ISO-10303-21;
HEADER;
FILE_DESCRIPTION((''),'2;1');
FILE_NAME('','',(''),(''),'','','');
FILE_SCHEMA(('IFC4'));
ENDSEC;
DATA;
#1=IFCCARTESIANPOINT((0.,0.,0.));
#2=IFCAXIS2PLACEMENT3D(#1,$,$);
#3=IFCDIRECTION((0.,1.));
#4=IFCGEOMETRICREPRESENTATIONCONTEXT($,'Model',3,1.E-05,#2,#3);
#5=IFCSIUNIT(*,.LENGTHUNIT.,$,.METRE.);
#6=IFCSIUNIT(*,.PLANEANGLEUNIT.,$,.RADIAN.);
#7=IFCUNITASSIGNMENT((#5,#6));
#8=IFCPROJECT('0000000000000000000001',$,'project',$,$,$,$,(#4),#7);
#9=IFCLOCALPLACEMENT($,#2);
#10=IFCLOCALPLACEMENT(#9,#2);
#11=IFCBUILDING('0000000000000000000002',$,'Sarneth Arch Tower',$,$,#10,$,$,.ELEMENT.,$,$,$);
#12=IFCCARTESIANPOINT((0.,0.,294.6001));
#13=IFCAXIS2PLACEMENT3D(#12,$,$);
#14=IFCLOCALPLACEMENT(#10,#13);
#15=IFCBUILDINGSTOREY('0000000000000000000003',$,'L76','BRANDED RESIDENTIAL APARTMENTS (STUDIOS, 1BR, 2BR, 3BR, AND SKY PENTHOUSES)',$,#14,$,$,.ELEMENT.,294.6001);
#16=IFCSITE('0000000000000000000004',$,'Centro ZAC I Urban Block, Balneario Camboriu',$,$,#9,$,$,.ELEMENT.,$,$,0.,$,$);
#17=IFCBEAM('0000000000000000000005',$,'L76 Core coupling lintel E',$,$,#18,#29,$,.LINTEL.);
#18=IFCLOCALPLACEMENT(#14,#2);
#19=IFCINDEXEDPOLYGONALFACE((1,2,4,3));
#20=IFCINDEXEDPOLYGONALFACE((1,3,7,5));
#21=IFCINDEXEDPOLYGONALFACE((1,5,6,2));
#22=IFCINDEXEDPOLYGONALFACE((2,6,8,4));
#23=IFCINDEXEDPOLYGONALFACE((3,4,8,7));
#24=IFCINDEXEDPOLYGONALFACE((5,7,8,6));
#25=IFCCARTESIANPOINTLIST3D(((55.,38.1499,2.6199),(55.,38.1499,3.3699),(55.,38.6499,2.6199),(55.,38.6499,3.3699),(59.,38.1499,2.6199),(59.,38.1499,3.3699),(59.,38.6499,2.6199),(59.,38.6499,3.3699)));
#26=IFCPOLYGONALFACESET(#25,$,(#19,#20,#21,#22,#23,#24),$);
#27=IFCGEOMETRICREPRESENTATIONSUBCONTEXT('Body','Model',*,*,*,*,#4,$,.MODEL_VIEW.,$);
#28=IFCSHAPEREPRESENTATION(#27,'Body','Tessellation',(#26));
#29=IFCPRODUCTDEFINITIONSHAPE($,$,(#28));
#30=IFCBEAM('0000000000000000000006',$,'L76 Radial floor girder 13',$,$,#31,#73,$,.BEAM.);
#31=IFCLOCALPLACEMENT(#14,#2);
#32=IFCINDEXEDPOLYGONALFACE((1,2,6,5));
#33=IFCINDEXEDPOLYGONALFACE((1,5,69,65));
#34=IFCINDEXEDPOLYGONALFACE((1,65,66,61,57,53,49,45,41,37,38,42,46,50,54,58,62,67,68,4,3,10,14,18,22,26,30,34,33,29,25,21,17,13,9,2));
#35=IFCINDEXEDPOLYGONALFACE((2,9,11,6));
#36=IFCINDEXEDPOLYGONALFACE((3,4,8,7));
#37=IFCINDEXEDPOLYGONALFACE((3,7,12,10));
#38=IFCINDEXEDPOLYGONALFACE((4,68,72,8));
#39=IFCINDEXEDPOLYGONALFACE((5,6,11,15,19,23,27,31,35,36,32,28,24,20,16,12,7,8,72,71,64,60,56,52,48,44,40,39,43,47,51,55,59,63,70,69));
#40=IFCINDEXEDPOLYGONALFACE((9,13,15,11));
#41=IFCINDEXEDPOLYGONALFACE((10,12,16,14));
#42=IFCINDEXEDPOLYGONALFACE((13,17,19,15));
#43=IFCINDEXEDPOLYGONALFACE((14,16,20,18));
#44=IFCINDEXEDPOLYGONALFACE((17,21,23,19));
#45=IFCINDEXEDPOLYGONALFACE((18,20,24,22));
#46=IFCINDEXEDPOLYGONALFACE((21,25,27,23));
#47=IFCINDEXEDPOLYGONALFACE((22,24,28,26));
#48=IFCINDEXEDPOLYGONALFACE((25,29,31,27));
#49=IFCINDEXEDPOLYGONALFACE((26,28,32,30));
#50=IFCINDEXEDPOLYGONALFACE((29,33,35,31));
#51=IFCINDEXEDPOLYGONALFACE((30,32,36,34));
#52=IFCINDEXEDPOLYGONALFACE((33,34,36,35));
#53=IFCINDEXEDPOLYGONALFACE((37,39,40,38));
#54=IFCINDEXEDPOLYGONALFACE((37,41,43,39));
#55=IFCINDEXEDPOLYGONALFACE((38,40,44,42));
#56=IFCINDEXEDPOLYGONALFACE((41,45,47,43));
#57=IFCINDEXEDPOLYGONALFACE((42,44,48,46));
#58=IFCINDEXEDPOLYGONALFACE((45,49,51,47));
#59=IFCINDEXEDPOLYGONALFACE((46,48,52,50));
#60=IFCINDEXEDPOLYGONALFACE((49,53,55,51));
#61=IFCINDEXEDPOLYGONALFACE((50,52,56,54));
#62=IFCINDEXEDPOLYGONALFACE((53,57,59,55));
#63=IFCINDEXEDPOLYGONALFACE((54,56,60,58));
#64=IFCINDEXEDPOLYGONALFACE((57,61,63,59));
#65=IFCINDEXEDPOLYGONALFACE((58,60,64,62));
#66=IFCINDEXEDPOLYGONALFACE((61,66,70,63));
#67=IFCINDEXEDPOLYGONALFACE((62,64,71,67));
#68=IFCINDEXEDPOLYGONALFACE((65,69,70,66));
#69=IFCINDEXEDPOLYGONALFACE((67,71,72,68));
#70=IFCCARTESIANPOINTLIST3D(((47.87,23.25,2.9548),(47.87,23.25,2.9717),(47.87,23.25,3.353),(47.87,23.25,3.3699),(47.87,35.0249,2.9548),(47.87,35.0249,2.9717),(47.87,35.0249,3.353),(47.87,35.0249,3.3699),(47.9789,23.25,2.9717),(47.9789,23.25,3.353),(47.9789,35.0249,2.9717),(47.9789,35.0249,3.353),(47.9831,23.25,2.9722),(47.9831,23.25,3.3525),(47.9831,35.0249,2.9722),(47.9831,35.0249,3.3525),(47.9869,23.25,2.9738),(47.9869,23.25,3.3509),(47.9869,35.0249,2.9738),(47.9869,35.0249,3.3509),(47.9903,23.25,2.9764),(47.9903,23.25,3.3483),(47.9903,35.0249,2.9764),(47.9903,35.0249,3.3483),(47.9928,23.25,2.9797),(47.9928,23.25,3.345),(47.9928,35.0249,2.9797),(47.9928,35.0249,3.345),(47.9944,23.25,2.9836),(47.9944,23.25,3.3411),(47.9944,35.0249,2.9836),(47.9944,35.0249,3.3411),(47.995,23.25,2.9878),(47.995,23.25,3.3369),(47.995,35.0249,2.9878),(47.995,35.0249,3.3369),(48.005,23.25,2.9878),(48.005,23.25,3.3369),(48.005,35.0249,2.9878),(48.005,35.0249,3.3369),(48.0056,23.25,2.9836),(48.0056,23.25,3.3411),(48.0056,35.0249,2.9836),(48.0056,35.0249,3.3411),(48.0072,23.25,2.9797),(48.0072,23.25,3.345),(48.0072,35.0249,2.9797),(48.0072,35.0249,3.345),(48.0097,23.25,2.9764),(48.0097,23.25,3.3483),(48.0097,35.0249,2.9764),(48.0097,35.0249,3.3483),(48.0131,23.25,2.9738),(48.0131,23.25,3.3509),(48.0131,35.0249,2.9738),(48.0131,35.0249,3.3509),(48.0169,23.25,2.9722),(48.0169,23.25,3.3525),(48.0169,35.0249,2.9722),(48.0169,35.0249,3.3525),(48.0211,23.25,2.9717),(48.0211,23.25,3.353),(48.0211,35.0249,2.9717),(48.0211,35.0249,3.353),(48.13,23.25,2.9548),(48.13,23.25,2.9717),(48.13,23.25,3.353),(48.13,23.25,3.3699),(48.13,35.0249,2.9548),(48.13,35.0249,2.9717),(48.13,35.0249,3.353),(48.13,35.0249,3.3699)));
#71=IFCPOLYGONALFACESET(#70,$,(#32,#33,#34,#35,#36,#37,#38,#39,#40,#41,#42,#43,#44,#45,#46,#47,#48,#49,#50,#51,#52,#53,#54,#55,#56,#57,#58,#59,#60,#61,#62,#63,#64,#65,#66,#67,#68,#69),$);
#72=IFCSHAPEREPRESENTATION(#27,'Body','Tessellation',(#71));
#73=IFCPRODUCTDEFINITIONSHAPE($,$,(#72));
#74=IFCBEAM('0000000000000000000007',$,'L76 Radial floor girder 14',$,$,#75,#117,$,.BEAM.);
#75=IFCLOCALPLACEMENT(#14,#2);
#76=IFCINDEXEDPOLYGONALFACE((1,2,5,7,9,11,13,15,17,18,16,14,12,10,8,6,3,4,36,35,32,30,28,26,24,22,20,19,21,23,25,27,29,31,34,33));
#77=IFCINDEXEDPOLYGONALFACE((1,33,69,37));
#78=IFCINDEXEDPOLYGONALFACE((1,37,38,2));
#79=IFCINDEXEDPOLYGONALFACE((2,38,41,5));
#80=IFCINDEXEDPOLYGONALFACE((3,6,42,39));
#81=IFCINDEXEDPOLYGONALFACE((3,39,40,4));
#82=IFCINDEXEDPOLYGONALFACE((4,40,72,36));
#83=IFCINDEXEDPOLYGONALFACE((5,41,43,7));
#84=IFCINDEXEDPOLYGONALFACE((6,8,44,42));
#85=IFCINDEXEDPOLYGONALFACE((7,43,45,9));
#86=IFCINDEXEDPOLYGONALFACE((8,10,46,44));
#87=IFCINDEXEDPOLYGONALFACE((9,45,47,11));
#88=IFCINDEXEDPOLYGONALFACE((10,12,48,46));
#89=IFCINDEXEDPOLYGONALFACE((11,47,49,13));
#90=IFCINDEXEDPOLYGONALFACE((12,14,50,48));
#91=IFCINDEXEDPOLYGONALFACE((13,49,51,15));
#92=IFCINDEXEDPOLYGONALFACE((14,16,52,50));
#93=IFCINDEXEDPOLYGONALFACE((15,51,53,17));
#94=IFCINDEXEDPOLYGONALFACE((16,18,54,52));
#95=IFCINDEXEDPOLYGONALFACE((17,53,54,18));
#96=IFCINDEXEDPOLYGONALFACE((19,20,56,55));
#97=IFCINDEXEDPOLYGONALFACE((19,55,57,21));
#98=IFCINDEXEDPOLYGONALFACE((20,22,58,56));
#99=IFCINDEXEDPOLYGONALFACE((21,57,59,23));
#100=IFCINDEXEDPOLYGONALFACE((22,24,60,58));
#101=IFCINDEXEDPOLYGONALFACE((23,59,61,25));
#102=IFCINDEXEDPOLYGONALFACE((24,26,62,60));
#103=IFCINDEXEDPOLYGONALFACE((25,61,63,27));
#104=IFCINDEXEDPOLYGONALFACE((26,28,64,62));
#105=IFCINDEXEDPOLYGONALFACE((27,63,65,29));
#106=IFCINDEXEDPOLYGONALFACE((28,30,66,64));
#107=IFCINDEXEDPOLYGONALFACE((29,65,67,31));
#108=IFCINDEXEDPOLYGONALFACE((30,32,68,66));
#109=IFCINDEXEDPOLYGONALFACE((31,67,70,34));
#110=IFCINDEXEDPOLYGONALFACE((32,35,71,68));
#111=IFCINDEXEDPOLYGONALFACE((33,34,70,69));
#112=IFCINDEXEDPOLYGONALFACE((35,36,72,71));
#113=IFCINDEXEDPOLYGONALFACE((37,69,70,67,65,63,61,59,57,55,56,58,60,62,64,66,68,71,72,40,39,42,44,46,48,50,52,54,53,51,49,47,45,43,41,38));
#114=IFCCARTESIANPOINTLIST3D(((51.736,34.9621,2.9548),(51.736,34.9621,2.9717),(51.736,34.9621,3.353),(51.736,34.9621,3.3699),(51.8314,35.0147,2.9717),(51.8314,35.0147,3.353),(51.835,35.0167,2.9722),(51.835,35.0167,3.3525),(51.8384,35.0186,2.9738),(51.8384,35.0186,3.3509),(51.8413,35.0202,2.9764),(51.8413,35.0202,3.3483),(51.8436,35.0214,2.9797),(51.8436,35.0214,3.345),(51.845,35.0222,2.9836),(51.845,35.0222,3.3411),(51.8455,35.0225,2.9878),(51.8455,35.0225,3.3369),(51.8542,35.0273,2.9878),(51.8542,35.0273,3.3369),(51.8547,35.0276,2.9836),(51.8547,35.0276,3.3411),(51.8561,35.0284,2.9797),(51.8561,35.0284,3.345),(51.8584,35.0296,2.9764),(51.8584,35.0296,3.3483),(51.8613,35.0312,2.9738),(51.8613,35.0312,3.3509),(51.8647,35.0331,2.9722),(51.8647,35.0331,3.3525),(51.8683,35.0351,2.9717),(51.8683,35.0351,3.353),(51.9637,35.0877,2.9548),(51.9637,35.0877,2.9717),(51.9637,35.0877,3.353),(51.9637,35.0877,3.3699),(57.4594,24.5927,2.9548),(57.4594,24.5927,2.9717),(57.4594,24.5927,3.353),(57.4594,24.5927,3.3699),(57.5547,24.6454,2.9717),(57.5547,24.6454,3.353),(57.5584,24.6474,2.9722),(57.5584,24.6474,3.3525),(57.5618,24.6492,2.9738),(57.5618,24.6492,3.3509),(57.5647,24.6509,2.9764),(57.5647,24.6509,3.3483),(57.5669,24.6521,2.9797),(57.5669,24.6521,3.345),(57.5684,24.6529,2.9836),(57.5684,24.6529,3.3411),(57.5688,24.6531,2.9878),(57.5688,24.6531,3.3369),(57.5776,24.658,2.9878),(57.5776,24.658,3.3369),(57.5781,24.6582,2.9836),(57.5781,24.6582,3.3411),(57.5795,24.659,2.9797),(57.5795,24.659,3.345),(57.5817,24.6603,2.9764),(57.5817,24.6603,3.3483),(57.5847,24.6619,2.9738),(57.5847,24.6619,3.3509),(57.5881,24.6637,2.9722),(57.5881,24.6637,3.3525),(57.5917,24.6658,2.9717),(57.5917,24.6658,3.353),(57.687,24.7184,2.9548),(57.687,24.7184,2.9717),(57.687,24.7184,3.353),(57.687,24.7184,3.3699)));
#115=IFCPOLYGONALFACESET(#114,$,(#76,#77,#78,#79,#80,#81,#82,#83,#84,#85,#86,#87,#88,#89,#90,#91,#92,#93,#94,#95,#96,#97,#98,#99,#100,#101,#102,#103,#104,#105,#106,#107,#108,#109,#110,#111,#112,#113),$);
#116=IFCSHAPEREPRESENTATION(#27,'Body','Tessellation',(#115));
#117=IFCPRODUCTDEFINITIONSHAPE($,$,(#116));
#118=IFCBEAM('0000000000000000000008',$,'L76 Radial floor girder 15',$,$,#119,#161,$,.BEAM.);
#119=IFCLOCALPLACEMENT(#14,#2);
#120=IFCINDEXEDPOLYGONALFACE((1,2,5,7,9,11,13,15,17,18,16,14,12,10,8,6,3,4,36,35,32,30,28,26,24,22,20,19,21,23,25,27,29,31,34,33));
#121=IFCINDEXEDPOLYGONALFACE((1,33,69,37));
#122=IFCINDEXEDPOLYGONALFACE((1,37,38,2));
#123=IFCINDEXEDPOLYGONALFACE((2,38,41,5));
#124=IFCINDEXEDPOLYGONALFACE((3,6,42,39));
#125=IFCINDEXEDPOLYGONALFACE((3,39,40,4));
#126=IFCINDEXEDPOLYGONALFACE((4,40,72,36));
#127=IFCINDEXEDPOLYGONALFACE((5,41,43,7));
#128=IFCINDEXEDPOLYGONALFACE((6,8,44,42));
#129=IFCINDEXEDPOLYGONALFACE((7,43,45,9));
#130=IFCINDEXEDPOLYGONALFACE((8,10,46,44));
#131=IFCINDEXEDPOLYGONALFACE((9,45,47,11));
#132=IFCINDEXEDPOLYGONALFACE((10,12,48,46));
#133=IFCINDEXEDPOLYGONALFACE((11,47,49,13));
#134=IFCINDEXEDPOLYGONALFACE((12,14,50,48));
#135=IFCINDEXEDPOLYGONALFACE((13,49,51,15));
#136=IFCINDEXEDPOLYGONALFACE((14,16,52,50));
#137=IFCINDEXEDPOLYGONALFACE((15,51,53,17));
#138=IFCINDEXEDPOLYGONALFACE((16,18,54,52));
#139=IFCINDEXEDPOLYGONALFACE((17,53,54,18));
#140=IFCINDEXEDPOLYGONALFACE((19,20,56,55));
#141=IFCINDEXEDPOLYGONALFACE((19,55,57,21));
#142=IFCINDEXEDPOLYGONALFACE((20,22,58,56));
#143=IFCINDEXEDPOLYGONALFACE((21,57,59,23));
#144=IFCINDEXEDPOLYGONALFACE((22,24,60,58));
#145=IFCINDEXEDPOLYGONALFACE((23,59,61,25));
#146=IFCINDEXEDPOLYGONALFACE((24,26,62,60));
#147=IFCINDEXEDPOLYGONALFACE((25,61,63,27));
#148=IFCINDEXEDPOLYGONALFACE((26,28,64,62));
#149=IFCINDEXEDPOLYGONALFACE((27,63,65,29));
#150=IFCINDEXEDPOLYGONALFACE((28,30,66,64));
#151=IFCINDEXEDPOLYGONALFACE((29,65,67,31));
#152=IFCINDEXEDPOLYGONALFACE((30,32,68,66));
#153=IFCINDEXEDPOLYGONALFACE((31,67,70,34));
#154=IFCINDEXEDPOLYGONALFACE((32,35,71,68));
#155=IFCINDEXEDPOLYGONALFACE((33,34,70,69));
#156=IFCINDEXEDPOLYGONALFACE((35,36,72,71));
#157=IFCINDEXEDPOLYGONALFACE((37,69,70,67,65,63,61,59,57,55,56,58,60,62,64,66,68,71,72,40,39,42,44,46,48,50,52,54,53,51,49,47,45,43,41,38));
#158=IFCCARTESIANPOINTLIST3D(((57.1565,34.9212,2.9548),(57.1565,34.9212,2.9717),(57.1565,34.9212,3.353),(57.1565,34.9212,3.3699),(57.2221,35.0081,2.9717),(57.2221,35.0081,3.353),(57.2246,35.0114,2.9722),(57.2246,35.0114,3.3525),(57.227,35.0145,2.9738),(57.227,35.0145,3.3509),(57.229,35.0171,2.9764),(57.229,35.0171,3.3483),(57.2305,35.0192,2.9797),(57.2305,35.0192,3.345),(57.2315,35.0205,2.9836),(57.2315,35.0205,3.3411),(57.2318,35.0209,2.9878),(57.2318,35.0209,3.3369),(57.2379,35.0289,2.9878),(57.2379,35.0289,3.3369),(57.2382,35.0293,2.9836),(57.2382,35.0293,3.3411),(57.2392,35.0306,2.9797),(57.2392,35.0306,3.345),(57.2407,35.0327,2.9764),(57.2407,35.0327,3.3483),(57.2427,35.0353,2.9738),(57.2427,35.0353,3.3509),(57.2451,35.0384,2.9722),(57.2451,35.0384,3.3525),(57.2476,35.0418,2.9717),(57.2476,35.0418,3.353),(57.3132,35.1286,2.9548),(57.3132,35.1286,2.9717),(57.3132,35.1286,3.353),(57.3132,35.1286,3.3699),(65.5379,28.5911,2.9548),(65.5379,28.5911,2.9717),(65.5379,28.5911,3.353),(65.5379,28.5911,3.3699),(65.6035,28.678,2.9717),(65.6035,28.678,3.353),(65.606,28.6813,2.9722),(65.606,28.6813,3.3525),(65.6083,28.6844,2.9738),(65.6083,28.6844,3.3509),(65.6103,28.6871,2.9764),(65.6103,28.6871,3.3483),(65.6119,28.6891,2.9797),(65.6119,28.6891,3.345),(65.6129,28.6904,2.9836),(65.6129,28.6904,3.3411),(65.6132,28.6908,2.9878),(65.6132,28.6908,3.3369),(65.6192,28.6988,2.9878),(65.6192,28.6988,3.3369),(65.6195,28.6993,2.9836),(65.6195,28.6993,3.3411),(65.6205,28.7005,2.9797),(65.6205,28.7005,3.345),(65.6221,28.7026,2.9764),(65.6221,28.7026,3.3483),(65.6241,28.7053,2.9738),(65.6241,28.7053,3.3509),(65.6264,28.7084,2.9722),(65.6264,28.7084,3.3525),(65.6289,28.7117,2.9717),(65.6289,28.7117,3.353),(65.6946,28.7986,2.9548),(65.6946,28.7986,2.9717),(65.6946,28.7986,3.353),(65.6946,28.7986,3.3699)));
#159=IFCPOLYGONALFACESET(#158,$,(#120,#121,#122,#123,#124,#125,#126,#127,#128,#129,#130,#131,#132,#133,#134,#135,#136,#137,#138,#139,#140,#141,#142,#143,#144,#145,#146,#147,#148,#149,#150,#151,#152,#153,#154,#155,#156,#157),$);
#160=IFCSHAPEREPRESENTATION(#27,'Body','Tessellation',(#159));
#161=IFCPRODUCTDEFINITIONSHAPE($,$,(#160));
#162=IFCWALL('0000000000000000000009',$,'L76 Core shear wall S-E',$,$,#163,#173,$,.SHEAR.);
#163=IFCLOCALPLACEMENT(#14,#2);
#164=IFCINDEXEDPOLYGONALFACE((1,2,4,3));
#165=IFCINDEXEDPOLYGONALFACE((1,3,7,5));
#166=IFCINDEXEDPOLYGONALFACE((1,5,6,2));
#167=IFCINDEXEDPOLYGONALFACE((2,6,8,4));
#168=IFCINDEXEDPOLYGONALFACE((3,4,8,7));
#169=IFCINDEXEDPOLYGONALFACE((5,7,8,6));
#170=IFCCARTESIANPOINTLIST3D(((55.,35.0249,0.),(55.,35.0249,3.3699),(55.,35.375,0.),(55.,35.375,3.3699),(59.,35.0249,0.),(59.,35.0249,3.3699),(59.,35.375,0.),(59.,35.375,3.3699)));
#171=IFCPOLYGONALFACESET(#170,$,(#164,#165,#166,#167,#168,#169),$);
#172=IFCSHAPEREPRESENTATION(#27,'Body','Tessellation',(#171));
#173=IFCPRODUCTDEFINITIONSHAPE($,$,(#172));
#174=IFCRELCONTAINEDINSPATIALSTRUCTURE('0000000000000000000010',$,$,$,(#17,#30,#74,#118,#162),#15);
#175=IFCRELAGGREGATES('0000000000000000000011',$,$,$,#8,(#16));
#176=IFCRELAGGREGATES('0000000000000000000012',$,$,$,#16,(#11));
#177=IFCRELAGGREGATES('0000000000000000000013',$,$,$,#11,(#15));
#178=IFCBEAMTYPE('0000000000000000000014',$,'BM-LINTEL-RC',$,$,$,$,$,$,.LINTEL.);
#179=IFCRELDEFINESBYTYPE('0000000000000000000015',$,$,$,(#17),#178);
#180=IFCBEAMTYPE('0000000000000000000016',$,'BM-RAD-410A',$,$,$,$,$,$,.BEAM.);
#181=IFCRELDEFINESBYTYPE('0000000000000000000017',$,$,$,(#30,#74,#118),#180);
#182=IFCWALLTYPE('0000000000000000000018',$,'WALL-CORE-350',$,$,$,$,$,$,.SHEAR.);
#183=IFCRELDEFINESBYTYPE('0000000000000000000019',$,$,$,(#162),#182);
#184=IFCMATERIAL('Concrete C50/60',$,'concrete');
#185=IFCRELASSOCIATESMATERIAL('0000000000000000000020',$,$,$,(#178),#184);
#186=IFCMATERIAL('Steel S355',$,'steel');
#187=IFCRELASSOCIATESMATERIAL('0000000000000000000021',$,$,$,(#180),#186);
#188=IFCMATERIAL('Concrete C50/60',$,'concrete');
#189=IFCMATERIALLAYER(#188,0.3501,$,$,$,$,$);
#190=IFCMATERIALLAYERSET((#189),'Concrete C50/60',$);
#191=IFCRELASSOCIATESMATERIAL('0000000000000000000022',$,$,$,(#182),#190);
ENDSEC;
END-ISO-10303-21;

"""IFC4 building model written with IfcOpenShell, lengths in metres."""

from ifc_helpers import new_model, si_unit, direction, frame, frame_2d, origin, origin_2d, place, context, subcontext, project, spatial, rectangle, i_section, extrude, material, layer, layer_set, material_profile, profile_set, type_object, element, save


model = new_model("IFC4")

# Units and contexts
model_context = context("Model", 3, precision=1e-05, world=origin(), true_north=direction((0.0, 1.0)))
body_context = subcontext(model_context, "Body", "Model", "MODEL_VIEW")
ifc_project = project(units=[si_unit("LENGTHUNIT", "METRE"), si_unit("PLANEANGLEUNIT", "RADIAN")], contexts=[model_context])

# Site, building, storey
site_placement = place(None, origin())
site = spatial("IfcSite", under=ifc_project, at=site_placement, Name="Centro ZAC I Urban Block, Balneario Camboriu", CompositionType="ELEMENT", RefElevation=0.0)
building_placement = place(site_placement, origin())
building = spatial("IfcBuilding", under=site, at=building_placement, Name="Sarneth Arch Tower", CompositionType="ELEMENT")
storey_placement = place(building_placement, frame((0.0, 0.0, 294.6001)))
storey = spatial("IfcBuildingStorey", under=building, at=storey_placement, Name="L76", Description="BRANDED RESIDENTIAL APARTMENTS (STUDIOS, 1BR, 2BR, 3BR, AND SKY PENTHOUSES)", CompositionType="ELEMENT", Elevation=294.6001)

# Beams
ifc_material_1 = material(Name="Concrete C50/60", Category="concrete")
ifc_material_profile_1 = material_profile(ifc_material_1, rectangle(XDim=0.5, YDim=0.75, at=origin_2d()), Name="RC-500x750")
ifc_profile_set_1 = profile_set([ifc_material_profile_1], Name="Concrete C50/60")
beam_type_1 = type_object("IfcBeamType", Name="BM-LINTEL-RC", PredefinedType="LINTEL", material=ifc_profile_set_1)
beam_1_placement = place(storey_placement, frame((55.0, 38.3999, 2.9949), z_axis=(1.0, 0.0, 0.0), x_axis=(0.0, 1.0, 0.0)))
element("IfcBeam", 1, at=beam_1_placement, inside=storey, type_object=beam_type_1, Name="L76 Core coupling lintel E", PredefinedType="LINTEL", context=body_context, shape_type="SweptSolid", body=[
    extrude(rectangle(XDim=0.5, YDim=0.75, at=origin_2d()), origin(), (0.0, 0.0, 1.0), 4.0),
])
ifc_material_2 = material(Name="Steel S355", Category="steel")
ifc_material_profile_2 = material_profile(ifc_material_2, i_section(OverallWidth=0.26, OverallDepth=0.415, WebThickness=0.01, FlangeThickness=0.0168, FilletRadius=0.0161, at=origin_2d()), Name="W410x100")
ifc_profile_set_2 = profile_set([ifc_material_profile_2], Name="Steel S355")
beam_type_2 = type_object("IfcBeamType", Name="BM-RAD-410A", PredefinedType="BEAM", material=ifc_profile_set_2)
beam_2_placement = place(storey_placement, frame((48.0, 35.0249, 3.1624), z_axis=(0.0, -1.0, 0.0), x_axis=(1.0, 0.0, 0.0)))
element("IfcBeam", 2, at=beam_2_placement, inside=storey, type_object=beam_type_2, Name="L76 Radial floor girder 13", PredefinedType="BEAM", context=body_context, shape_type="SweptSolid", body=[
    extrude(i_section(OverallWidth=0.26, OverallDepth=0.415, WebThickness=0.01, FlangeThickness=0.0168, FilletRadius=0.0161, at=origin_2d()), origin(), (0.0, 0.0, 1.0), 11.7749),
])
beam_3_placement = place(storey_placement, frame((51.8499, 35.0249, 3.1624), z_axis=(0.483229, -0.875494, 0.0), x_axis=(0.875494, 0.483229, 0.0)))
element("IfcBeam", 3, at=beam_3_placement, inside=storey, type_object=beam_type_2, Name="L76 Radial floor girder 14", PredefinedType="BEAM", context=body_context, shape_type="SweptSolid", body=[
    extrude(i_section(OverallWidth=0.26, OverallDepth=0.415, WebThickness=0.01, FlangeThickness=0.0168, FilletRadius=0.0161, at=origin_2d()), origin(), (0.0, 0.0, 1.0), 11.844),
])
beam_4_placement = place(storey_placement, frame((57.2349, 35.0249, 3.1624), z_axis=(0.797982, -0.602682, 0.0), x_axis=(0.602682, 0.797982, 0.0)))
element("IfcBeam", 4, at=beam_4_placement, inside=storey, type_object=beam_type_2, Name="L76 Radial floor girder 15", PredefinedType="BEAM", context=body_context, shape_type="SweptSolid", body=[
    extrude(i_section(OverallWidth=0.26, OverallDepth=0.415, WebThickness=0.01, FlangeThickness=0.0168, FilletRadius=0.0161, at=origin_2d()), origin(), (0.0, 0.0, 1.0), 10.5032),
])

# Wall
ifc_material_3 = material(Name="Concrete C50/60", Category="concrete")
ifc_layer_1 = layer(ifc_material_3, 0.3501)
ifc_layer_set_1 = layer_set([ifc_layer_1], Name="Concrete C50/60")
wall_type_1 = type_object("IfcWallType", Name="WALL-CORE-350", PredefinedType="SHEAR", material=ifc_layer_set_1)
wall_1_placement = place(storey_placement, frame((55.0, 35.2, 0.0), z_axis=(0.0, 0.0, 1.0), x_axis=(1.0, 0.0, 0.0)))
element("IfcWall", 5, at=wall_1_placement, inside=storey, type_object=wall_type_1, Name="L76 Core shear wall S-E", PredefinedType="SHEAR", context=body_context, shape_type="SweptSolid", body=[
    extrude(rectangle(XDim=4.0, YDim=0.3501, at=frame_2d((2.0, 0.0))), origin(), (0.0, 0.0, 1.0), 3.3699),
])

save(model, "model.ifc")
